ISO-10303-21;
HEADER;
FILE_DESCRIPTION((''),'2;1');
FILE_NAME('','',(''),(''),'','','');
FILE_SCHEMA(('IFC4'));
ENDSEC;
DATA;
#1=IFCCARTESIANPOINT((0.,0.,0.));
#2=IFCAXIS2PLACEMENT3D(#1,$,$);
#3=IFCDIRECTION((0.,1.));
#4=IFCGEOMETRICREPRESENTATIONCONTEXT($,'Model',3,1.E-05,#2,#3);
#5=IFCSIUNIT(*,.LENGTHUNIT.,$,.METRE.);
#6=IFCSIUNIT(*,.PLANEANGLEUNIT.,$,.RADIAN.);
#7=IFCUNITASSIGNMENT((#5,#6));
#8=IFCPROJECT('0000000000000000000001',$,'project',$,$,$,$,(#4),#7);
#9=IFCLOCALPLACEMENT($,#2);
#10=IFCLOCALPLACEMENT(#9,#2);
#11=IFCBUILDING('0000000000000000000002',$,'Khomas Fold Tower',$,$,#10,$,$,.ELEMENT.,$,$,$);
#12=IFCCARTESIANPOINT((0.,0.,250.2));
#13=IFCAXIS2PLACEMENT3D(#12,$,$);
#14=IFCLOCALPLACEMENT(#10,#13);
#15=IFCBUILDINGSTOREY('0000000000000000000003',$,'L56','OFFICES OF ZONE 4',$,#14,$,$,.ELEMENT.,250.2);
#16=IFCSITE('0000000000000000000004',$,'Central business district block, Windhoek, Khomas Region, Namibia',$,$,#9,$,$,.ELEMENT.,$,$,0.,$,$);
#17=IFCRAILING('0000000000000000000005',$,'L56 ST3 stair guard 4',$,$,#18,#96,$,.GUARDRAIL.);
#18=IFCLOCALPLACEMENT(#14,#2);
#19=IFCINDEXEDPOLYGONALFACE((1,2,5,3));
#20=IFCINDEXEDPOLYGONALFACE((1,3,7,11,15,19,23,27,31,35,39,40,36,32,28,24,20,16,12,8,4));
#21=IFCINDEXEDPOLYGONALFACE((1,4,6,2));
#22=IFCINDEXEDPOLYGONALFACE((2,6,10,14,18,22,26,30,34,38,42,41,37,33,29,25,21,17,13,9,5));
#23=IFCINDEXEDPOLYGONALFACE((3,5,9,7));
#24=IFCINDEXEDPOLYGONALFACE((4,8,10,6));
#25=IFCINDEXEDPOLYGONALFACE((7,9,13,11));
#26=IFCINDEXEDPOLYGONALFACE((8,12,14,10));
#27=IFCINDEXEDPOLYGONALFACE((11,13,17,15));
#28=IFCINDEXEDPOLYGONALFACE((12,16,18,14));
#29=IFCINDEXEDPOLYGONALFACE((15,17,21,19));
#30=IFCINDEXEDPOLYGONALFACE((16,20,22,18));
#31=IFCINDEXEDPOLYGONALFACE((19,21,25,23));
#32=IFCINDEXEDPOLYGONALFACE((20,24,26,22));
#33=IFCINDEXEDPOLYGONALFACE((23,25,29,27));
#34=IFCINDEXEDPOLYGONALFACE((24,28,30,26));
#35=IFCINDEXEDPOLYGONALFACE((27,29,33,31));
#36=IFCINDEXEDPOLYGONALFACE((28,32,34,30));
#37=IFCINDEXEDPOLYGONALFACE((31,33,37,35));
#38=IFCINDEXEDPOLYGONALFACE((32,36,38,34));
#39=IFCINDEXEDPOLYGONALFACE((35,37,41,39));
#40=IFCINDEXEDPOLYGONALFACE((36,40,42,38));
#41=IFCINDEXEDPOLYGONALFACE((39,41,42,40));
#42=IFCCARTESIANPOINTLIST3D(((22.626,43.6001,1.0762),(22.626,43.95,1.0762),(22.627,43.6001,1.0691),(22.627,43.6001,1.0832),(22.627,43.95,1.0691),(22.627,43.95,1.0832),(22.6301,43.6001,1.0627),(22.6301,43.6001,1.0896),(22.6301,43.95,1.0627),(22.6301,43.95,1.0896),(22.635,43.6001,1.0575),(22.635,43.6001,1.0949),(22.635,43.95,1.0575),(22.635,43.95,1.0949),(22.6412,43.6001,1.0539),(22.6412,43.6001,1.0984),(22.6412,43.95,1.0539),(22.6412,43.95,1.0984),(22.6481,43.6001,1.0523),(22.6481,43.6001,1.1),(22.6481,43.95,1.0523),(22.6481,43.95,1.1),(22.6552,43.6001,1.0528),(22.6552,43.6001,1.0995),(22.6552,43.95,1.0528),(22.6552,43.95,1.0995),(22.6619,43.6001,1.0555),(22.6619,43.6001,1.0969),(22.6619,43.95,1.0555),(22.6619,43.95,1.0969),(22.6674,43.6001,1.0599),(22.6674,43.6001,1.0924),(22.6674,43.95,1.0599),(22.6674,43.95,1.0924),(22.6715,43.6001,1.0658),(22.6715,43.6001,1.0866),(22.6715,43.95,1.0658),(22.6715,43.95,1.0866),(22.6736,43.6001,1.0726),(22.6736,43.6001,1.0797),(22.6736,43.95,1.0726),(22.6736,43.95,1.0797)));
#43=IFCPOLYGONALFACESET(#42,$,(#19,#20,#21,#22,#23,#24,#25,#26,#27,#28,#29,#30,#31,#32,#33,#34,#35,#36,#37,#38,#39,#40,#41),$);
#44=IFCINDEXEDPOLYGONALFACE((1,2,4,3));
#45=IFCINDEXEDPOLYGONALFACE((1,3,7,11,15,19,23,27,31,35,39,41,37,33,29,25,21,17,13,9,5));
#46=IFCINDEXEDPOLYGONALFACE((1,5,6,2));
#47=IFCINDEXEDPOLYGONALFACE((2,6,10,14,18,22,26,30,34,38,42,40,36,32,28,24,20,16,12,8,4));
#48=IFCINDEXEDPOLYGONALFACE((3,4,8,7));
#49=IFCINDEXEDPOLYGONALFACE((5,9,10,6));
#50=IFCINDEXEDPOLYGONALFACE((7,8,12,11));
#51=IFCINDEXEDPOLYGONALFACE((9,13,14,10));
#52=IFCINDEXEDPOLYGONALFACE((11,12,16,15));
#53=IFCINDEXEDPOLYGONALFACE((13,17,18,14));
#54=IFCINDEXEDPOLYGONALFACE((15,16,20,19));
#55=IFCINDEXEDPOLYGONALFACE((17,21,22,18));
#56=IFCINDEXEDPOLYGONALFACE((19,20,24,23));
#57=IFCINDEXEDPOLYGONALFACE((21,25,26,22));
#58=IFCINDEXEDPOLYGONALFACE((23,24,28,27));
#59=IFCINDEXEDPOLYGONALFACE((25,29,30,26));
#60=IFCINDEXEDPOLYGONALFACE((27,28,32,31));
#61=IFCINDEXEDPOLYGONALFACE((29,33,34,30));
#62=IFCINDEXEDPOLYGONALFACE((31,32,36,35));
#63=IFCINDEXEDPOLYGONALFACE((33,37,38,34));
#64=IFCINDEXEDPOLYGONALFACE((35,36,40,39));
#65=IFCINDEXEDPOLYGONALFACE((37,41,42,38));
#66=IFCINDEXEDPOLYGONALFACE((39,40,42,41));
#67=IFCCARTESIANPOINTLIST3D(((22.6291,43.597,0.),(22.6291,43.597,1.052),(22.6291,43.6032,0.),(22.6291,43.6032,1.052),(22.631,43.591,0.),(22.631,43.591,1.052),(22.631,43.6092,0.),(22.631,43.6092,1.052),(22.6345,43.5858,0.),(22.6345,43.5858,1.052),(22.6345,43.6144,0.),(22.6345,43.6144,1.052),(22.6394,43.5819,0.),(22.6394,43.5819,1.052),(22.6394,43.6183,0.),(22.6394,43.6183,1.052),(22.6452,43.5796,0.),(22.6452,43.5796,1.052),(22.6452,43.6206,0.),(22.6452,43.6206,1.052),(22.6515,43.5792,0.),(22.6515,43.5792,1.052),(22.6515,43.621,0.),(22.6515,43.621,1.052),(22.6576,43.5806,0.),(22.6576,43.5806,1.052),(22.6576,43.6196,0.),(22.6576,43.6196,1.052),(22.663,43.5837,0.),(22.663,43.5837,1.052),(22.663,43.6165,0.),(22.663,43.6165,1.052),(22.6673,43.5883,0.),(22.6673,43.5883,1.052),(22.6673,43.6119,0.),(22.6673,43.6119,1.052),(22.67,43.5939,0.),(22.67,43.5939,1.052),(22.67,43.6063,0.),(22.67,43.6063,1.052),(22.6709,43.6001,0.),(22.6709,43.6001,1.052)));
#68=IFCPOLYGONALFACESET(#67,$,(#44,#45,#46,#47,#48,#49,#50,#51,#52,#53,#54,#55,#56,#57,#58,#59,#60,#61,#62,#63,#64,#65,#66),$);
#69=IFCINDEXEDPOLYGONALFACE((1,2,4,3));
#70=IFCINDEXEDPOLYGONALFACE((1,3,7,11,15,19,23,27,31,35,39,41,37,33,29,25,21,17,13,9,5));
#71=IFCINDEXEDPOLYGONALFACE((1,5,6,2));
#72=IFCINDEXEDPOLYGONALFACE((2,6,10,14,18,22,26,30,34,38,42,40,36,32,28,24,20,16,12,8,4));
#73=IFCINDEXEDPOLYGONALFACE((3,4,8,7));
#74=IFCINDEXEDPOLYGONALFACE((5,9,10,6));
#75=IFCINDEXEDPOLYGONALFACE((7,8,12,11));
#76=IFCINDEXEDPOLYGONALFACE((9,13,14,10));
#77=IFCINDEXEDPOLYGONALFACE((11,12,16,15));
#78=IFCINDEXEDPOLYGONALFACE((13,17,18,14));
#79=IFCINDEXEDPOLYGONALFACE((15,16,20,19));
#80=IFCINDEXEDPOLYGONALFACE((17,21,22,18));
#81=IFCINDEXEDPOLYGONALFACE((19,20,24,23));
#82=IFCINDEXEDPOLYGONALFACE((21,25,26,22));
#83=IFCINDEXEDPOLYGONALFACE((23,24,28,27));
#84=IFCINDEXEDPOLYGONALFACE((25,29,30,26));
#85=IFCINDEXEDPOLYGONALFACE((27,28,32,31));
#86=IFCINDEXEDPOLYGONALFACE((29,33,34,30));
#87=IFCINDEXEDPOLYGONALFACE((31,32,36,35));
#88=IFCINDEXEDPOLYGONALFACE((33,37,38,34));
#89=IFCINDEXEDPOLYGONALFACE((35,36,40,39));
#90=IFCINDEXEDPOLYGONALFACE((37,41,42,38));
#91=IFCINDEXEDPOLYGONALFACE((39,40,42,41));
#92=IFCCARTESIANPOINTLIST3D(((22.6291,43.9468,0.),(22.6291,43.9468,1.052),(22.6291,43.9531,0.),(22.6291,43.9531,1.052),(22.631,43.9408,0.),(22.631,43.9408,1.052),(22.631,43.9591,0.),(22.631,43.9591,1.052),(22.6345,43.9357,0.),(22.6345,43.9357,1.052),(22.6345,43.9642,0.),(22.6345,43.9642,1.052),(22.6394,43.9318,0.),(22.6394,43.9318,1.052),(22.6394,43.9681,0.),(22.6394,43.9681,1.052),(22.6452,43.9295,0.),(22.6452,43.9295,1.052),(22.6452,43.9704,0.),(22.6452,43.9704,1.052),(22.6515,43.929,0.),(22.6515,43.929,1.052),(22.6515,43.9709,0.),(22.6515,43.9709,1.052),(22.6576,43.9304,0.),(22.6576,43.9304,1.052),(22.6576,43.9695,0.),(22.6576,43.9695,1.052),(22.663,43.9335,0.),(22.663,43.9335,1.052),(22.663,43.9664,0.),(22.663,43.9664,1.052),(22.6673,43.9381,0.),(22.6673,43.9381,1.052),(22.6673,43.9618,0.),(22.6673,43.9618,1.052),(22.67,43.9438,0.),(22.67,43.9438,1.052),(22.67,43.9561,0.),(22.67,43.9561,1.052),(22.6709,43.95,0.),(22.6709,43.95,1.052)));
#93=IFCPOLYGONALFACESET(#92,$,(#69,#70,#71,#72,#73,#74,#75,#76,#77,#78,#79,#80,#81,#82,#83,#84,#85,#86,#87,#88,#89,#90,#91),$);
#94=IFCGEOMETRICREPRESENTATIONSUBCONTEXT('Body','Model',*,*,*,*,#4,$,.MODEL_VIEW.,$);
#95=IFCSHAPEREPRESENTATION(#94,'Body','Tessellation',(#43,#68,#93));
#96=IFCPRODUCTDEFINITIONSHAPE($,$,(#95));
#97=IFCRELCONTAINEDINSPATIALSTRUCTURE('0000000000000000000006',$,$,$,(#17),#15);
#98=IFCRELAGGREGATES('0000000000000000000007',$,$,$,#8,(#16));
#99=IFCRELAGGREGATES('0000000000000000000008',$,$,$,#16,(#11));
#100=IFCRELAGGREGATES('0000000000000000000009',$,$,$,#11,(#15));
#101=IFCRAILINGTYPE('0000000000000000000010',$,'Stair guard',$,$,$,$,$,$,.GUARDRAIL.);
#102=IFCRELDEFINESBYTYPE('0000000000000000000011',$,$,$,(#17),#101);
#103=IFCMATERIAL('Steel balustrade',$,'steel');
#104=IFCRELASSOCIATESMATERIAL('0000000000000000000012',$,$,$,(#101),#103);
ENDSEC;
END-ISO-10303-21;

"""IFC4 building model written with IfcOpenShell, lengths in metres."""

from ifc_helpers import new_model, si_unit, direction, frame, origin, origin_2d, place, context, subcontext, project, spatial, circle, extrude, source, transform, mapped, material, type_object, element, save


model = new_model("IFC4")

# Units and contexts
model_context = context("Model", 3, precision=1e-05, world=origin(), true_north=direction((0.0, 1.0)))
body_context = subcontext(model_context, "Body", "Model", "MODEL_VIEW")
ifc_project = project(units=[si_unit("LENGTHUNIT", "METRE"), si_unit("PLANEANGLEUNIT", "RADIAN")], contexts=[model_context])

# Site, building, storey
site_placement = place(None, origin())
site = spatial("IfcSite", under=ifc_project, at=site_placement, Name="Central business district block, Windhoek, Khomas Region, Namibia", CompositionType="ELEMENT", RefElevation=0.0)
building_placement = place(site_placement, origin())
building = spatial("IfcBuilding", under=site, at=building_placement, Name="Khomas Fold Tower", CompositionType="ELEMENT")
storey_placement = place(building_placement, frame((0.0, 0.0, 250.2)))
storey = spatial("IfcBuildingStorey", under=building, at=storey_placement, Name="L56", Description="OFFICES OF ZONE 4", CompositionType="ELEMENT", Elevation=250.2)

# Railing
ifc_material_1 = material(Name="Steel balustrade", Category="steel")
railing_type_1 = type_object("IfcRailingType", Name="Stair guard", PredefinedType="GUARDRAIL", material=ifc_material_1)
shared_shape_1 = source(origin(), body_context, "Body", "SweptSolid", [
    extrude(circle(Radius=0.0239, at=origin_2d()), frame((0.0, 0.0, 1.0762), z_axis=(0.0, 1.0, 0.0), x_axis=(-1.0, 0.0, 0.0)), (0.0, 0.0, 1.0), 0.3499),
    extrude(circle(Radius=0.021, at=origin_2d()), origin(), (0.0, 0.0, 1.0), 1.052),
    extrude(circle(Radius=0.021, at=origin_2d()), frame((0.0, 0.3499, 0.0)), (0.0, 0.0, 1.0), 1.052),
])
for number, where, name in (
    (1, (22.6499, 43.6001, 0.0), "L56 ST3 stair guard 4"),
):
    element("IfcRailing", number, at=place(storey_placement, frame(where)), inside=storey, type_object=railing_type_1, Name=name, PredefinedType="GUARDRAIL", context=body_context, shape_type="MappedRepresentation", body=[
        mapped(shared_shape_1, transform((0.0, 0.0, 0.0))),
    ])

save(model, "model.ifc")
